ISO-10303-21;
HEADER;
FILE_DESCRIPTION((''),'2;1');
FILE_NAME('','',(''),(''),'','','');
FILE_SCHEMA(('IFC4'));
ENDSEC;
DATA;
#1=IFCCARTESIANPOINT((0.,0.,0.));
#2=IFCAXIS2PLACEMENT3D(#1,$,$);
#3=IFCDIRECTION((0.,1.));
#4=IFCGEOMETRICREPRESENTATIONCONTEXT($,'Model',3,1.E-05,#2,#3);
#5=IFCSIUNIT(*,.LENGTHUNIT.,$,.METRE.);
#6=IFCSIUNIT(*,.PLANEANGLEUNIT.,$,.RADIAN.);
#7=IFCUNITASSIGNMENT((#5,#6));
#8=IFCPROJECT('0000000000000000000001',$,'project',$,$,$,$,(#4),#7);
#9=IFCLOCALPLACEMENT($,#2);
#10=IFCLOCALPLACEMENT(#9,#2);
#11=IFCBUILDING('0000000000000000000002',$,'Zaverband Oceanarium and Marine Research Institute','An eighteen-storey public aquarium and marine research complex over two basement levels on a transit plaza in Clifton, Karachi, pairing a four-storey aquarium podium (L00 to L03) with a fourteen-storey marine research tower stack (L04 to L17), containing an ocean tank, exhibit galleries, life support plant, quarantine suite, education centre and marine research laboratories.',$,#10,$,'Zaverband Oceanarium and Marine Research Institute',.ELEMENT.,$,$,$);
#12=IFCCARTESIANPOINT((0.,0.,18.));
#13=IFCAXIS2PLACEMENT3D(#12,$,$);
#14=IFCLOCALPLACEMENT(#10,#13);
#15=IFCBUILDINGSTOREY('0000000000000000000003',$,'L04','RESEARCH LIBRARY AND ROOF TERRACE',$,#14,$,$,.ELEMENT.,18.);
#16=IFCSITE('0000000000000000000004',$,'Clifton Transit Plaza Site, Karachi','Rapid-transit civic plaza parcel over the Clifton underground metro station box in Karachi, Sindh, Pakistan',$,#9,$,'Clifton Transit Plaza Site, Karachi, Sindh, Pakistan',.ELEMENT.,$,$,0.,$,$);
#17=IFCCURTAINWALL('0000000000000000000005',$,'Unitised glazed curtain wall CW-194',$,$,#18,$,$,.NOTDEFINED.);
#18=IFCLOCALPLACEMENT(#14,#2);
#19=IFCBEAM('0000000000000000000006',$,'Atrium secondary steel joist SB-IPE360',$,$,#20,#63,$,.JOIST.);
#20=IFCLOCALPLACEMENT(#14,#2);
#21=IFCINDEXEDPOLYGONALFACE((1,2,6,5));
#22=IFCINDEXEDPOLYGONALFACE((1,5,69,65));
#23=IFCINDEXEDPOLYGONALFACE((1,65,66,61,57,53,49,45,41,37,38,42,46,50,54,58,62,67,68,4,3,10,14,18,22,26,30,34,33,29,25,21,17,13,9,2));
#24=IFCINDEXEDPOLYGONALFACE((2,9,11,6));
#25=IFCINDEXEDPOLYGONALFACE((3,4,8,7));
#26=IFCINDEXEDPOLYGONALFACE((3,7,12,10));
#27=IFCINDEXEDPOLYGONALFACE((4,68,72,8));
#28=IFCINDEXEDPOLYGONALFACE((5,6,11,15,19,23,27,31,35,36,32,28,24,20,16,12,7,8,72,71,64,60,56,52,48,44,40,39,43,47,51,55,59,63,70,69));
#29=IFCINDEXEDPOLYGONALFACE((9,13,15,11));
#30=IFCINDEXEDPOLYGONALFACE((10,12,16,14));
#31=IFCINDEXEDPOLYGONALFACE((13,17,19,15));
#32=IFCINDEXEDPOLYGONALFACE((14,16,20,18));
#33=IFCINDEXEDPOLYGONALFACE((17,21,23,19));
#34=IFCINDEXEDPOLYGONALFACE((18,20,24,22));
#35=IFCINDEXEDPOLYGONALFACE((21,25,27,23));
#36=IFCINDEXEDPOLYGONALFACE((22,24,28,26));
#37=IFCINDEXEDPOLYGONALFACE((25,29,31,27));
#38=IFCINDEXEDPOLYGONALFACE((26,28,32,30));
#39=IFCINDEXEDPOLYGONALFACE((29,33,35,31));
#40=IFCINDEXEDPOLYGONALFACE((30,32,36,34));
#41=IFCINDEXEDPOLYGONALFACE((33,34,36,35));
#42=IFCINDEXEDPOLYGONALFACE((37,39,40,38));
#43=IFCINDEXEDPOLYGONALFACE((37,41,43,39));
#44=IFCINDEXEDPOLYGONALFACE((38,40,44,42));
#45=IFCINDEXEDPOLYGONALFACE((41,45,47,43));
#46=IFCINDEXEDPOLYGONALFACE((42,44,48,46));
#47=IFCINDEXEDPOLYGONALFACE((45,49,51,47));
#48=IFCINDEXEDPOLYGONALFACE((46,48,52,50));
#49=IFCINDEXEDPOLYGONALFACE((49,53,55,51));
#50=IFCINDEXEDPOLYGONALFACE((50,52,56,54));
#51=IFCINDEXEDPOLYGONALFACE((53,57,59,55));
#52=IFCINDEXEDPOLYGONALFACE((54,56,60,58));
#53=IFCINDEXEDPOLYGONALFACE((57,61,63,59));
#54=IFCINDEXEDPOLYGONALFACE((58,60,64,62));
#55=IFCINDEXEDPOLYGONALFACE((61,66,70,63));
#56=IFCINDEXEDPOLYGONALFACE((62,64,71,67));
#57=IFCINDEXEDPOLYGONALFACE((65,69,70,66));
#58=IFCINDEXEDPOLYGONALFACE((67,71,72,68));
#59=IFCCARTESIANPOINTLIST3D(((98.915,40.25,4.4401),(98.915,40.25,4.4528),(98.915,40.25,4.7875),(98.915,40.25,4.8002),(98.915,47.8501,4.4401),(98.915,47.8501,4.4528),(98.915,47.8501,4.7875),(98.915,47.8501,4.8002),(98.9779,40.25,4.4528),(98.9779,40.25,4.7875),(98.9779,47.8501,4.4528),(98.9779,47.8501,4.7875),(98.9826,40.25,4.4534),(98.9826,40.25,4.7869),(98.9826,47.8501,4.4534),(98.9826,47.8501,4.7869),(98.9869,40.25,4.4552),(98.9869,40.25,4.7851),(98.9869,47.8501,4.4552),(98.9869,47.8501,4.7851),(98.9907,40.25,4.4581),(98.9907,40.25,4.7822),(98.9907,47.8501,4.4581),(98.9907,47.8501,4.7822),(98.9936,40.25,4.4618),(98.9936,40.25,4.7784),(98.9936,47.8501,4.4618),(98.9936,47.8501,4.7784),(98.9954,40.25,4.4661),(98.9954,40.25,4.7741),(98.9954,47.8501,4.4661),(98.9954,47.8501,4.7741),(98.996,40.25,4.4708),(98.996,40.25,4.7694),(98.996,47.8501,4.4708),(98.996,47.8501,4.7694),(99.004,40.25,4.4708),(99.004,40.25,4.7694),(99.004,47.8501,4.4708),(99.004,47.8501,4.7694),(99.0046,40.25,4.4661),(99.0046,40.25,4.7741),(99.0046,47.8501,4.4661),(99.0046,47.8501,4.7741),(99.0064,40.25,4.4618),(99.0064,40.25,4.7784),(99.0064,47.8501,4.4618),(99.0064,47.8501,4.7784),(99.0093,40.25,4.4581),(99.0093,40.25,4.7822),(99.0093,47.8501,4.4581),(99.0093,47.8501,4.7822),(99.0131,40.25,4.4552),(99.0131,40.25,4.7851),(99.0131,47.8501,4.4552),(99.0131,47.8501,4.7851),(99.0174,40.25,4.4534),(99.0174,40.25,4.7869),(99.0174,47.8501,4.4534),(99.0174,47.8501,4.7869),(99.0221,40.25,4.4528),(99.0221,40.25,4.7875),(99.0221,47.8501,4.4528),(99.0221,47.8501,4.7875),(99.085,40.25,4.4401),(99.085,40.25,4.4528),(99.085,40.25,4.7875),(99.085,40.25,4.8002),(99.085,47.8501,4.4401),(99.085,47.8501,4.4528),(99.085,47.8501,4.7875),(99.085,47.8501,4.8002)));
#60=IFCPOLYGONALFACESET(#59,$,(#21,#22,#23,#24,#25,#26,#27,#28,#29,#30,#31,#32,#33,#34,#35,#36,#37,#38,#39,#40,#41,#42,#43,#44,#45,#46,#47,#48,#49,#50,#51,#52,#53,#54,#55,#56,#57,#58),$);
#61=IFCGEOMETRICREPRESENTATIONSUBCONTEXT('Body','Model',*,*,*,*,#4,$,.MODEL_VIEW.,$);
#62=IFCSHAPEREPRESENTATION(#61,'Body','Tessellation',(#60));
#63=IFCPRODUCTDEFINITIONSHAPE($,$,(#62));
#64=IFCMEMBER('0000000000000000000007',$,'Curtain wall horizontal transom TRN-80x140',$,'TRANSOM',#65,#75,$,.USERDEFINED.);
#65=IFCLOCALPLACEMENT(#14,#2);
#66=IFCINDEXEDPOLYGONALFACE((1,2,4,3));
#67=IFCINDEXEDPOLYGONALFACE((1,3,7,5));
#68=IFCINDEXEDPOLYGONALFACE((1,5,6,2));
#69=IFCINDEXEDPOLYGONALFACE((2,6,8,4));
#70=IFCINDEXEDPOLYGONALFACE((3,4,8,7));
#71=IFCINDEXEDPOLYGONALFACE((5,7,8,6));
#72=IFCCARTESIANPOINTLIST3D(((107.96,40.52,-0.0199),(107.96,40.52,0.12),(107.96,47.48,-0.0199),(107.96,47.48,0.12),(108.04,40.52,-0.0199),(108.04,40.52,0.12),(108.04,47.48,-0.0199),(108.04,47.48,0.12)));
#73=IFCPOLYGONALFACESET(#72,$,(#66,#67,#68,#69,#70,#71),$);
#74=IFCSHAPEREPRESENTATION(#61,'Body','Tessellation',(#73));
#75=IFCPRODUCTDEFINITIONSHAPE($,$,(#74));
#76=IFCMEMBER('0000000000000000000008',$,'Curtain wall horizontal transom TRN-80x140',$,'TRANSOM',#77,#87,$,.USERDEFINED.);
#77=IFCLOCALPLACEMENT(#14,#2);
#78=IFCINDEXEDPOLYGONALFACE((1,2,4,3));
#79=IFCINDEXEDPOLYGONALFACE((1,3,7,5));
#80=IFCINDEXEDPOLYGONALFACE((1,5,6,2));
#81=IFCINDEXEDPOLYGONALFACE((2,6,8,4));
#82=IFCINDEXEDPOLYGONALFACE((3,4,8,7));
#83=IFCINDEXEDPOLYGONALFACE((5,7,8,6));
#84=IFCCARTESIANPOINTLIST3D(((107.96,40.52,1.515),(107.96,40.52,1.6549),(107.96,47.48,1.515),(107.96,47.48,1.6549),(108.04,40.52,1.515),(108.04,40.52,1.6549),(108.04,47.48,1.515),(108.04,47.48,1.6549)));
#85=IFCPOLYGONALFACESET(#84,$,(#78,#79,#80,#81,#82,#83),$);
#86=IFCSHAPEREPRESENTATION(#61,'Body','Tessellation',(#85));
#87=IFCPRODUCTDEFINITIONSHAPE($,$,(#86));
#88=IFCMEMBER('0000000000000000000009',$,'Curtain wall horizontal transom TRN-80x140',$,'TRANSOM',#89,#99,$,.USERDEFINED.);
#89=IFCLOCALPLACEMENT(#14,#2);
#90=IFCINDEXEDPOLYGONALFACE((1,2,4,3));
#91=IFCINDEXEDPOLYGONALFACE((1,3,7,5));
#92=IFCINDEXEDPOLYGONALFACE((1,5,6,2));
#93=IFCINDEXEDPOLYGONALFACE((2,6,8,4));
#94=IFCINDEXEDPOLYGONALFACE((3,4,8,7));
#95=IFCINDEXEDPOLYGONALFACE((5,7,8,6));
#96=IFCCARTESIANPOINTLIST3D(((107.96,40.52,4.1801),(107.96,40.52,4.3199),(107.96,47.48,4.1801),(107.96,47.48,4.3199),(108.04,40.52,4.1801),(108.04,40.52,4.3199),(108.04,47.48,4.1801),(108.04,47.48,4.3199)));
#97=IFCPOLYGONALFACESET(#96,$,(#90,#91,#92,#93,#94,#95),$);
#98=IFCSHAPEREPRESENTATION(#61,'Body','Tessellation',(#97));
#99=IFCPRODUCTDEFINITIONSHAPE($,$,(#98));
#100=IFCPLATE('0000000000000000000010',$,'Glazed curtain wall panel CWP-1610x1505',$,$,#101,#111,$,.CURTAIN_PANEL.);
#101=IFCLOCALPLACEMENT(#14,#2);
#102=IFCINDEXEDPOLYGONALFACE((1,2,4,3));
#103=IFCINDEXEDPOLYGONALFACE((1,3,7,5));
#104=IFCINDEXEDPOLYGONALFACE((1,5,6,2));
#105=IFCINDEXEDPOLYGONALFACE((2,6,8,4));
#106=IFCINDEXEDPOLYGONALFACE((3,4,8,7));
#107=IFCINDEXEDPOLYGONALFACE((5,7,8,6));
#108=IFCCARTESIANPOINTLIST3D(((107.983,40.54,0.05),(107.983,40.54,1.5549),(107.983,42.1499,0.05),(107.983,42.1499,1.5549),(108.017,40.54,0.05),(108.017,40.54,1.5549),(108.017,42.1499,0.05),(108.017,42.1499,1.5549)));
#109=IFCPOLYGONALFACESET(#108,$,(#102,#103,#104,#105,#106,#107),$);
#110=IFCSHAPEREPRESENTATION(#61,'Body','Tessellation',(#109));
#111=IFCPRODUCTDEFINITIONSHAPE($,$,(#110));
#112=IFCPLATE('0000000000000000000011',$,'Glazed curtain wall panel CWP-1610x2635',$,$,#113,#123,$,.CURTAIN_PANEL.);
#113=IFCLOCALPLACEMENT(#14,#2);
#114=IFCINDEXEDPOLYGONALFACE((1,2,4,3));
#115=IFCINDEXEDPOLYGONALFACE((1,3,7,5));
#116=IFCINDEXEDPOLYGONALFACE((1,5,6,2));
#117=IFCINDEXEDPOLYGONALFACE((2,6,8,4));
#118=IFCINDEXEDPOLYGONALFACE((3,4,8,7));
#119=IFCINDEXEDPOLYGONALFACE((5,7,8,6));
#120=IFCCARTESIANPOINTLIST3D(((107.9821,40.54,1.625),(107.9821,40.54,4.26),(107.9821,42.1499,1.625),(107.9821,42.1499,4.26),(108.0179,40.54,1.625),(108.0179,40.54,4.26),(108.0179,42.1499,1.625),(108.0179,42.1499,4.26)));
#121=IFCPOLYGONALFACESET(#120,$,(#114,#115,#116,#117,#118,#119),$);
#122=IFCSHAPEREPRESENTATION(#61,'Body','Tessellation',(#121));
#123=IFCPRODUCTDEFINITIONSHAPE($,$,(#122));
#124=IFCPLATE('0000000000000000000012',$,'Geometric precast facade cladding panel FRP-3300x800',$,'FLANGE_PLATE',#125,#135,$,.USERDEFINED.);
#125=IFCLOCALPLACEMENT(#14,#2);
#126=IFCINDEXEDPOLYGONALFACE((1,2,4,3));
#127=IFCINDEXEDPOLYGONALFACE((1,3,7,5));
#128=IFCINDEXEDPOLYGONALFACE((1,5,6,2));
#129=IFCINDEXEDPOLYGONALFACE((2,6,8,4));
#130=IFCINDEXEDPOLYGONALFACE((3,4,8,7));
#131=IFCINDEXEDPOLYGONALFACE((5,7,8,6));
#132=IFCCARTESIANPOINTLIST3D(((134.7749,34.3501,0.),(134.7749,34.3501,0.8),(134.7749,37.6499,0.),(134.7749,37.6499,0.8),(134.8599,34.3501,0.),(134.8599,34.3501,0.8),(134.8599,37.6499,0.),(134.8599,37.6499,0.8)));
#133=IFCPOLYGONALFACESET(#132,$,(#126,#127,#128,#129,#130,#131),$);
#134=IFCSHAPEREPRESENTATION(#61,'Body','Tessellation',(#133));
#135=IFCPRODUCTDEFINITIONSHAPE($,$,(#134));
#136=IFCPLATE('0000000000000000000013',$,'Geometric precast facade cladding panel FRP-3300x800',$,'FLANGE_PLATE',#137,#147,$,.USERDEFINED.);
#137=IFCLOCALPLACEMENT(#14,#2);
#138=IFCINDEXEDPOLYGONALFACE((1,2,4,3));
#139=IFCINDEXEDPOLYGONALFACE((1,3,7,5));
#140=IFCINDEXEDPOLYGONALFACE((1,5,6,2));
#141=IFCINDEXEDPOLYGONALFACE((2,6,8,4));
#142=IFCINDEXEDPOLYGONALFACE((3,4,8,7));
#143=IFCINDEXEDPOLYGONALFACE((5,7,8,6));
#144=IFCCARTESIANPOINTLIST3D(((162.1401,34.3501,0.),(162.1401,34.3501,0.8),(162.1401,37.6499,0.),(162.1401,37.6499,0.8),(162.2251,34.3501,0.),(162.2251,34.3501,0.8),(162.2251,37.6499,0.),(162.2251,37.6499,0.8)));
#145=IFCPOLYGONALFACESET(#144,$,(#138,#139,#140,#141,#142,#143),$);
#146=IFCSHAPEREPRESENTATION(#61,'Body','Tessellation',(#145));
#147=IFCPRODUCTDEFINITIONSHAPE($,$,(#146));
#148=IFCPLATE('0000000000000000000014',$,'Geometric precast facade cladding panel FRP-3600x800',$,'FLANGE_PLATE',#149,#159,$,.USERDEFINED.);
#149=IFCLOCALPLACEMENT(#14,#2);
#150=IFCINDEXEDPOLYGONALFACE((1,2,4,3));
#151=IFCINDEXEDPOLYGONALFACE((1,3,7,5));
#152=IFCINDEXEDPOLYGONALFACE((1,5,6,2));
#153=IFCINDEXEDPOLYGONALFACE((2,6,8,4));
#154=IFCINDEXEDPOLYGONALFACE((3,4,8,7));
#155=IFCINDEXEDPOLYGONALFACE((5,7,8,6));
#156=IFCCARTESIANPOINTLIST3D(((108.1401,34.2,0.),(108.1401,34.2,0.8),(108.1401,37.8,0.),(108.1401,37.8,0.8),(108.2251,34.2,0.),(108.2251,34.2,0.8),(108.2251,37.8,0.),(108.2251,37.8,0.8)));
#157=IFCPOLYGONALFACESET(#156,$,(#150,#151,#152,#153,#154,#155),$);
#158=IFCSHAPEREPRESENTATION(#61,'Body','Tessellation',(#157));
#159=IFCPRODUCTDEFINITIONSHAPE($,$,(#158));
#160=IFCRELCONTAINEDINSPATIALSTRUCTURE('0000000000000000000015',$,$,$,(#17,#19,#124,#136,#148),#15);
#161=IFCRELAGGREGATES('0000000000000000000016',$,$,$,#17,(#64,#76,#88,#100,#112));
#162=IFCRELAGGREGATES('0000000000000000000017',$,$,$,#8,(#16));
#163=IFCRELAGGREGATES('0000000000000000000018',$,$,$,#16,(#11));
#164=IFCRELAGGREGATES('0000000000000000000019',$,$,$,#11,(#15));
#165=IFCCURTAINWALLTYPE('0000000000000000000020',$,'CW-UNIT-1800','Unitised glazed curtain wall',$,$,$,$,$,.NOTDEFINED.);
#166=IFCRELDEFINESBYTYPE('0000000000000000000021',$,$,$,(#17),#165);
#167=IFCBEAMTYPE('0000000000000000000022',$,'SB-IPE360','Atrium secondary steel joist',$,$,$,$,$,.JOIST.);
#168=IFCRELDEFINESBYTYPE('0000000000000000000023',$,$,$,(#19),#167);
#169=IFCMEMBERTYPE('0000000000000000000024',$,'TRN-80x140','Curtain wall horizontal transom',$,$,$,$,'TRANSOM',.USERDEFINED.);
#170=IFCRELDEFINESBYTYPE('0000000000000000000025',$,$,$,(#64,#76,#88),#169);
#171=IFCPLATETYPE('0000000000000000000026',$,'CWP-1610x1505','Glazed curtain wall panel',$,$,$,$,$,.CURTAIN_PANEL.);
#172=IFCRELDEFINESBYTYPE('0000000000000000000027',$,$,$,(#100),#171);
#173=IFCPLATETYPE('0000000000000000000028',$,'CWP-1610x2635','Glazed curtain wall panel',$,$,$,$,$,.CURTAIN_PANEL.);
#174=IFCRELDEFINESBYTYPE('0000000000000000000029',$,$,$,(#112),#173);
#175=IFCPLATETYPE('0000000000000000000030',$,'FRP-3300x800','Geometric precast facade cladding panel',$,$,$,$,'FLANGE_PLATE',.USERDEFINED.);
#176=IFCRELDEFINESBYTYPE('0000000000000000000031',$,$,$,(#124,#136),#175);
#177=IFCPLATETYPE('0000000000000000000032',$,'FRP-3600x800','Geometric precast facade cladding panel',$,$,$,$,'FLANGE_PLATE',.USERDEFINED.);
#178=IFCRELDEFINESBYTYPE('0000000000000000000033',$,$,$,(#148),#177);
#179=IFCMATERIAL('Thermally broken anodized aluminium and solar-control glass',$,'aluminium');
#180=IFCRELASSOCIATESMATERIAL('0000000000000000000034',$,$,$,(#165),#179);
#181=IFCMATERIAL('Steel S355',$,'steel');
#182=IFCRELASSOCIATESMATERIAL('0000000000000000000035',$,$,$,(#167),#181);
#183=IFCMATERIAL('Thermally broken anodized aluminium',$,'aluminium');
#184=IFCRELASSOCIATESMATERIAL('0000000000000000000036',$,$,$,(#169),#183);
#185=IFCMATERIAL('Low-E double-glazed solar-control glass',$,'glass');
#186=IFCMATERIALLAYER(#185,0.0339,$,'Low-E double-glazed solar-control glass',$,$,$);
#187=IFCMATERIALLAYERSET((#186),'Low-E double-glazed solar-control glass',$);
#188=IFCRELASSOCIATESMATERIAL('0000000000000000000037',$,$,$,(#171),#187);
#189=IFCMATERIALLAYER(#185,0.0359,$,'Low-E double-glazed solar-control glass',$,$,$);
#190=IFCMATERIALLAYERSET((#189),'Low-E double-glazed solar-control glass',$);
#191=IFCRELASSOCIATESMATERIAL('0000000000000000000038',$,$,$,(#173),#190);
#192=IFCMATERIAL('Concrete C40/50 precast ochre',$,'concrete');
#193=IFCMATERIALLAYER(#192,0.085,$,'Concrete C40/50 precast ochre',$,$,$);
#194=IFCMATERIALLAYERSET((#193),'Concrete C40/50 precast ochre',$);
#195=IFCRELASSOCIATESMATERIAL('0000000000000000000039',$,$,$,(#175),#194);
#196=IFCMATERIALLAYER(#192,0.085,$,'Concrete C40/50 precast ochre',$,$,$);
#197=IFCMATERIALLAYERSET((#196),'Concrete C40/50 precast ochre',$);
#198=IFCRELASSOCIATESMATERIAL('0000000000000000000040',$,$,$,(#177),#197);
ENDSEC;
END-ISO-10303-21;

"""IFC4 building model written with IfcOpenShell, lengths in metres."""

from ifc_helpers import new_model, si_unit, direction, frame, frame_2d, origin, origin_2d, place, context, subcontext, project, spatial, rectangle, i_section, extrude, material, layer, layer_set, material_profile, profile_set, type_object, element, aggregate, save


model = new_model("IFC4")

# Units and contexts
model_context = context("Model", 3, precision=1e-05, world=origin(), true_north=direction((0.0, 1.0)))
body_context = subcontext(model_context, "Body", "Model", "MODEL_VIEW")
ifc_project = project(units=[si_unit("LENGTHUNIT", "METRE"), si_unit("PLANEANGLEUNIT", "RADIAN")], contexts=[model_context])

# Site, building, storey
site_placement = place(None, origin())
site = spatial("IfcSite", under=ifc_project, at=site_placement, Name="Clifton Transit Plaza Site, Karachi", Description="Rapid-transit civic plaza parcel over the Clifton underground metro station box in Karachi, Sindh, Pakistan", LongName="Clifton Transit Plaza Site, Karachi, Sindh, Pakistan", CompositionType="ELEMENT", RefElevation=0.0)
building_placement = place(site_placement, origin())
building = spatial("IfcBuilding", under=site, at=building_placement, Name="Zaverband Oceanarium and Marine Research Institute", Description="An eighteen-storey public aquarium and marine research complex over two basement levels on a transit plaza in Clifton, Karachi, pairing a four-storey aquarium podium (L00 to L03) with a fourteen-storey marine research tower stack (L04 to L17), containing an ocean tank, exhibit galleries, life support plant, quarantine suite, education centre and marine research laboratories.", LongName="Zaverband Oceanarium and Marine Research Institute", CompositionType="ELEMENT")
storey_placement = place(building_placement, frame((0.0, 0.0, 18.0)))
storey = spatial("IfcBuildingStorey", under=building, at=storey_placement, Name="L04", Description="RESEARCH LIBRARY AND ROOF TERRACE", CompositionType="ELEMENT", Elevation=18.0)

# Curtain wall
ifc_material_1 = material(Name="Thermally broken anodized aluminium and solar-control glass", Category="aluminium")
curtain_wall_type = type_object("IfcCurtainWallType", Name="CW-UNIT-1800", Description="Unitised glazed curtain wall", PredefinedType="NOTDEFINED", material=ifc_material_1)
curtain_wall_placement = place(storey_placement, origin())
curtain_wall = element("IfcCurtainWall", 1, at=curtain_wall_placement, inside=storey, type_object=curtain_wall_type, Name="Unitised glazed curtain wall CW-194", PredefinedType="NOTDEFINED")
ifc_material_2 = material(Name="Thermally broken anodized aluminium", Category="aluminium")

# Beam
ifc_material_3 = material(Name="Steel S355", Category="steel")
ifc_material_profile_1 = material_profile(ifc_material_3, i_section(OverallWidth=0.1699, OverallDepth=0.3601, WebThickness=0.0081, FlangeThickness=0.0127, FilletRadius=0.0181, at=origin_2d()), Name="IPE360")
ifc_profile_set_1 = profile_set([ifc_material_profile_1], Name="Steel S355")
beam_type_1 = type_object("IfcBeamType", Name="SB-IPE360", Description="Atrium secondary steel joist", PredefinedType="JOIST", material=ifc_profile_set_1)
beam_1_placement = place(storey_placement, frame((99.0, 40.25, 4.6201), z_axis=(0.0, 1.0, 0.0), x_axis=(-1.0, 0.0, 0.0)))
element("IfcBeam", 2, at=beam_1_placement, inside=storey, type_object=beam_type_1, Name="Atrium secondary steel joist SB-IPE360", PredefinedType="JOIST", context=body_context, shape_type="SweptSolid", body=[
    extrude(i_section(OverallWidth=0.1699, OverallDepth=0.3601, WebThickness=0.0081, FlangeThickness=0.0127, FilletRadius=0.0181, at=origin_2d()), origin(), (0.0, 0.0, 1.0), 7.6001),
])

# Members
ifc_material_profile_2 = material_profile(ifc_material_2, rectangle(XDim=0.0801, YDim=0.1399, at=origin_2d()), Name="AL-TRN-80x140")
ifc_profile_set_2 = profile_set([ifc_material_profile_2], Name="Thermally broken anodized aluminium")
member_type_1 = type_object("IfcMemberType", Name="TRN-80x140", Description="Curtain wall horizontal transom", ElementType="TRANSOM", PredefinedType="USERDEFINED", material=ifc_profile_set_2)
member_1_placement = place(storey_placement, frame((108.0, 40.52, 0.05), z_axis=(0.0, 1.0, 0.0), x_axis=(-1.0, 0.0, 0.0)))
member_1 = element("IfcMember", 3, at=member_1_placement, type_object=member_type_1, Name="Curtain wall horizontal transom TRN-80x140", ObjectType="TRANSOM", PredefinedType="USERDEFINED", context=body_context, shape_type="SweptSolid", body=[
    extrude(rectangle(XDim=0.0801, YDim=0.1399, at=origin_2d()), origin(), (0.0, 0.0, 1.0), 6.96),
])
member_2_placement = place(storey_placement, frame((108.0, 40.52, 1.585), z_axis=(0.0, 1.0, 0.0), x_axis=(-1.0, 0.0, 0.0)))
member_2 = element("IfcMember", 4, at=member_2_placement, type_object=member_type_1, Name="Curtain wall horizontal transom TRN-80x140", ObjectType="TRANSOM", PredefinedType="USERDEFINED", context=body_context, shape_type="SweptSolid", body=[
    extrude(rectangle(XDim=0.0801, YDim=0.1399, at=origin_2d()), origin(), (0.0, 0.0, 1.0), 6.96),
])
member_3_placement = place(storey_placement, frame((108.0, 40.52, 4.25), z_axis=(0.0, 1.0, 0.0), x_axis=(-1.0, 0.0, 0.0)))
member_3 = element("IfcMember", 5, at=member_3_placement, type_object=member_type_1, Name="Curtain wall horizontal transom TRN-80x140", ObjectType="TRANSOM", PredefinedType="USERDEFINED", context=body_context, shape_type="SweptSolid", body=[
    extrude(rectangle(XDim=0.0801, YDim=0.1399, at=origin_2d()), origin(), (0.0, 0.0, 1.0), 6.96),
])

# Plates
ifc_material_4 = material(Name="Low-E double-glazed solar-control glass", Category="glass")
ifc_layer_1 = layer(ifc_material_4, 0.0339, Name="Low-E double-glazed solar-control glass")
ifc_layer_set_1 = layer_set([ifc_layer_1], Name="Low-E double-glazed solar-control glass")
plate_type_1 = type_object("IfcPlateType", Name="CWP-1610x1505", Description="Glazed curtain wall panel", PredefinedType="CURTAIN_PANEL", material=ifc_layer_set_1)
plate_1_placement = place(storey_placement, frame((108.0, 40.54, 0.05), z_axis=(0.0, 0.0, 1.0), x_axis=(0.0, 1.0, 0.0)))
plate_1 = element("IfcPlate", 6, at=plate_1_placement, type_object=plate_type_1, Name="Glazed curtain wall panel CWP-1610x1505", PredefinedType="CURTAIN_PANEL", context=body_context, shape_type="SweptSolid", body=[
    extrude(rectangle(XDim=1.6099, YDim=0.0339, at=frame_2d((0.8049, 0.0))), origin(), (0.0, 0.0, 1.0), 1.5049),
])
ifc_layer_2 = layer(ifc_material_4, 0.0359, Name="Low-E double-glazed solar-control glass")
ifc_layer_set_2 = layer_set([ifc_layer_2], Name="Low-E double-glazed solar-control glass")
plate_type_2 = type_object("IfcPlateType", Name="CWP-1610x2635", Description="Glazed curtain wall panel", PredefinedType="CURTAIN_PANEL", material=ifc_layer_set_2)
plate_2_placement = place(storey_placement, frame((108.0, 40.54, 1.625), z_axis=(0.0, 0.0, 1.0), x_axis=(0.0, 1.0, 0.0)))
plate_2 = element("IfcPlate", 7, at=plate_2_placement, type_object=plate_type_2, Name="Glazed curtain wall panel CWP-1610x2635", PredefinedType="CURTAIN_PANEL", context=body_context, shape_type="SweptSolid", body=[
    extrude(rectangle(XDim=1.6099, YDim=0.0359, at=frame_2d((0.8049, 0.0))), origin(), (0.0, 0.0, 1.0), 2.635),
])
aggregate(curtain_wall, [member_1, member_2, member_3, plate_1, plate_2])

# Plates
ifc_material_5 = material(Name="Concrete C40/50 precast ochre", Category="concrete")
ifc_layer_3 = layer(ifc_material_5, 0.085, Name="Concrete C40/50 precast ochre")
ifc_layer_set_3 = layer_set([ifc_layer_3], Name="Concrete C40/50 precast ochre")
plate_type_3 = type_object("IfcPlateType", Name="FRP-3300x800", Description="Geometric precast facade cladding panel", ElementType="FLANGE_PLATE", PredefinedType="USERDEFINED", material=ifc_layer_set_3)
for number, where, z_axis, x_axis, name in (
    (8, (134.8174, 34.3501, 0.0), (0.0, 0.0, 1.0), (0.0, 1.0, 0.0), "Geometric precast facade cladding panel FRP-3300x800"),
    (9, (162.1826, 34.3501, 0.0), (0.0, 0.0, 1.0), (0.0, 1.0, 0.0), "Geometric precast facade cladding panel FRP-3300x800"),
):
    element("IfcPlate", number, at=place(storey_placement, frame(where, z_axis=z_axis, x_axis=x_axis)), inside=storey, type_object=plate_type_3, Name=name, ObjectType="FLANGE_PLATE", PredefinedType="USERDEFINED", context=body_context, shape_type="SweptSolid", body=[
        extrude(rectangle(XDim=3.2998, YDim=0.085, at=frame_2d((1.6499, 0.0))), origin(), (0.0, 0.0, 1.0), 0.8),
    ])
ifc_layer_4 = layer(ifc_material_5, 0.085, Name="Concrete C40/50 precast ochre")
ifc_layer_set_4 = layer_set([ifc_layer_4], Name="Concrete C40/50 precast ochre")
plate_type_4 = type_object("IfcPlateType", Name="FRP-3600x800", Description="Geometric precast facade cladding panel", ElementType="FLANGE_PLATE", PredefinedType="USERDEFINED", material=ifc_layer_set_4)
plate_3_placement = place(storey_placement, frame((108.1826, 34.2, 0.0), z_axis=(0.0, 0.0, 1.0), x_axis=(0.0, 1.0, 0.0)))
element("IfcPlate", 10, at=plate_3_placement, inside=storey, type_object=plate_type_4, Name="Geometric precast facade cladding panel FRP-3600x800", ObjectType="FLANGE_PLATE", PredefinedType="USERDEFINED", context=body_context, shape_type="SweptSolid", body=[
    extrude(rectangle(XDim=3.6001, YDim=0.085, at=frame_2d((1.8, 0.0))), origin(), (0.0, 0.0, 1.0), 0.8),
])

save(model, "model.ifc")
